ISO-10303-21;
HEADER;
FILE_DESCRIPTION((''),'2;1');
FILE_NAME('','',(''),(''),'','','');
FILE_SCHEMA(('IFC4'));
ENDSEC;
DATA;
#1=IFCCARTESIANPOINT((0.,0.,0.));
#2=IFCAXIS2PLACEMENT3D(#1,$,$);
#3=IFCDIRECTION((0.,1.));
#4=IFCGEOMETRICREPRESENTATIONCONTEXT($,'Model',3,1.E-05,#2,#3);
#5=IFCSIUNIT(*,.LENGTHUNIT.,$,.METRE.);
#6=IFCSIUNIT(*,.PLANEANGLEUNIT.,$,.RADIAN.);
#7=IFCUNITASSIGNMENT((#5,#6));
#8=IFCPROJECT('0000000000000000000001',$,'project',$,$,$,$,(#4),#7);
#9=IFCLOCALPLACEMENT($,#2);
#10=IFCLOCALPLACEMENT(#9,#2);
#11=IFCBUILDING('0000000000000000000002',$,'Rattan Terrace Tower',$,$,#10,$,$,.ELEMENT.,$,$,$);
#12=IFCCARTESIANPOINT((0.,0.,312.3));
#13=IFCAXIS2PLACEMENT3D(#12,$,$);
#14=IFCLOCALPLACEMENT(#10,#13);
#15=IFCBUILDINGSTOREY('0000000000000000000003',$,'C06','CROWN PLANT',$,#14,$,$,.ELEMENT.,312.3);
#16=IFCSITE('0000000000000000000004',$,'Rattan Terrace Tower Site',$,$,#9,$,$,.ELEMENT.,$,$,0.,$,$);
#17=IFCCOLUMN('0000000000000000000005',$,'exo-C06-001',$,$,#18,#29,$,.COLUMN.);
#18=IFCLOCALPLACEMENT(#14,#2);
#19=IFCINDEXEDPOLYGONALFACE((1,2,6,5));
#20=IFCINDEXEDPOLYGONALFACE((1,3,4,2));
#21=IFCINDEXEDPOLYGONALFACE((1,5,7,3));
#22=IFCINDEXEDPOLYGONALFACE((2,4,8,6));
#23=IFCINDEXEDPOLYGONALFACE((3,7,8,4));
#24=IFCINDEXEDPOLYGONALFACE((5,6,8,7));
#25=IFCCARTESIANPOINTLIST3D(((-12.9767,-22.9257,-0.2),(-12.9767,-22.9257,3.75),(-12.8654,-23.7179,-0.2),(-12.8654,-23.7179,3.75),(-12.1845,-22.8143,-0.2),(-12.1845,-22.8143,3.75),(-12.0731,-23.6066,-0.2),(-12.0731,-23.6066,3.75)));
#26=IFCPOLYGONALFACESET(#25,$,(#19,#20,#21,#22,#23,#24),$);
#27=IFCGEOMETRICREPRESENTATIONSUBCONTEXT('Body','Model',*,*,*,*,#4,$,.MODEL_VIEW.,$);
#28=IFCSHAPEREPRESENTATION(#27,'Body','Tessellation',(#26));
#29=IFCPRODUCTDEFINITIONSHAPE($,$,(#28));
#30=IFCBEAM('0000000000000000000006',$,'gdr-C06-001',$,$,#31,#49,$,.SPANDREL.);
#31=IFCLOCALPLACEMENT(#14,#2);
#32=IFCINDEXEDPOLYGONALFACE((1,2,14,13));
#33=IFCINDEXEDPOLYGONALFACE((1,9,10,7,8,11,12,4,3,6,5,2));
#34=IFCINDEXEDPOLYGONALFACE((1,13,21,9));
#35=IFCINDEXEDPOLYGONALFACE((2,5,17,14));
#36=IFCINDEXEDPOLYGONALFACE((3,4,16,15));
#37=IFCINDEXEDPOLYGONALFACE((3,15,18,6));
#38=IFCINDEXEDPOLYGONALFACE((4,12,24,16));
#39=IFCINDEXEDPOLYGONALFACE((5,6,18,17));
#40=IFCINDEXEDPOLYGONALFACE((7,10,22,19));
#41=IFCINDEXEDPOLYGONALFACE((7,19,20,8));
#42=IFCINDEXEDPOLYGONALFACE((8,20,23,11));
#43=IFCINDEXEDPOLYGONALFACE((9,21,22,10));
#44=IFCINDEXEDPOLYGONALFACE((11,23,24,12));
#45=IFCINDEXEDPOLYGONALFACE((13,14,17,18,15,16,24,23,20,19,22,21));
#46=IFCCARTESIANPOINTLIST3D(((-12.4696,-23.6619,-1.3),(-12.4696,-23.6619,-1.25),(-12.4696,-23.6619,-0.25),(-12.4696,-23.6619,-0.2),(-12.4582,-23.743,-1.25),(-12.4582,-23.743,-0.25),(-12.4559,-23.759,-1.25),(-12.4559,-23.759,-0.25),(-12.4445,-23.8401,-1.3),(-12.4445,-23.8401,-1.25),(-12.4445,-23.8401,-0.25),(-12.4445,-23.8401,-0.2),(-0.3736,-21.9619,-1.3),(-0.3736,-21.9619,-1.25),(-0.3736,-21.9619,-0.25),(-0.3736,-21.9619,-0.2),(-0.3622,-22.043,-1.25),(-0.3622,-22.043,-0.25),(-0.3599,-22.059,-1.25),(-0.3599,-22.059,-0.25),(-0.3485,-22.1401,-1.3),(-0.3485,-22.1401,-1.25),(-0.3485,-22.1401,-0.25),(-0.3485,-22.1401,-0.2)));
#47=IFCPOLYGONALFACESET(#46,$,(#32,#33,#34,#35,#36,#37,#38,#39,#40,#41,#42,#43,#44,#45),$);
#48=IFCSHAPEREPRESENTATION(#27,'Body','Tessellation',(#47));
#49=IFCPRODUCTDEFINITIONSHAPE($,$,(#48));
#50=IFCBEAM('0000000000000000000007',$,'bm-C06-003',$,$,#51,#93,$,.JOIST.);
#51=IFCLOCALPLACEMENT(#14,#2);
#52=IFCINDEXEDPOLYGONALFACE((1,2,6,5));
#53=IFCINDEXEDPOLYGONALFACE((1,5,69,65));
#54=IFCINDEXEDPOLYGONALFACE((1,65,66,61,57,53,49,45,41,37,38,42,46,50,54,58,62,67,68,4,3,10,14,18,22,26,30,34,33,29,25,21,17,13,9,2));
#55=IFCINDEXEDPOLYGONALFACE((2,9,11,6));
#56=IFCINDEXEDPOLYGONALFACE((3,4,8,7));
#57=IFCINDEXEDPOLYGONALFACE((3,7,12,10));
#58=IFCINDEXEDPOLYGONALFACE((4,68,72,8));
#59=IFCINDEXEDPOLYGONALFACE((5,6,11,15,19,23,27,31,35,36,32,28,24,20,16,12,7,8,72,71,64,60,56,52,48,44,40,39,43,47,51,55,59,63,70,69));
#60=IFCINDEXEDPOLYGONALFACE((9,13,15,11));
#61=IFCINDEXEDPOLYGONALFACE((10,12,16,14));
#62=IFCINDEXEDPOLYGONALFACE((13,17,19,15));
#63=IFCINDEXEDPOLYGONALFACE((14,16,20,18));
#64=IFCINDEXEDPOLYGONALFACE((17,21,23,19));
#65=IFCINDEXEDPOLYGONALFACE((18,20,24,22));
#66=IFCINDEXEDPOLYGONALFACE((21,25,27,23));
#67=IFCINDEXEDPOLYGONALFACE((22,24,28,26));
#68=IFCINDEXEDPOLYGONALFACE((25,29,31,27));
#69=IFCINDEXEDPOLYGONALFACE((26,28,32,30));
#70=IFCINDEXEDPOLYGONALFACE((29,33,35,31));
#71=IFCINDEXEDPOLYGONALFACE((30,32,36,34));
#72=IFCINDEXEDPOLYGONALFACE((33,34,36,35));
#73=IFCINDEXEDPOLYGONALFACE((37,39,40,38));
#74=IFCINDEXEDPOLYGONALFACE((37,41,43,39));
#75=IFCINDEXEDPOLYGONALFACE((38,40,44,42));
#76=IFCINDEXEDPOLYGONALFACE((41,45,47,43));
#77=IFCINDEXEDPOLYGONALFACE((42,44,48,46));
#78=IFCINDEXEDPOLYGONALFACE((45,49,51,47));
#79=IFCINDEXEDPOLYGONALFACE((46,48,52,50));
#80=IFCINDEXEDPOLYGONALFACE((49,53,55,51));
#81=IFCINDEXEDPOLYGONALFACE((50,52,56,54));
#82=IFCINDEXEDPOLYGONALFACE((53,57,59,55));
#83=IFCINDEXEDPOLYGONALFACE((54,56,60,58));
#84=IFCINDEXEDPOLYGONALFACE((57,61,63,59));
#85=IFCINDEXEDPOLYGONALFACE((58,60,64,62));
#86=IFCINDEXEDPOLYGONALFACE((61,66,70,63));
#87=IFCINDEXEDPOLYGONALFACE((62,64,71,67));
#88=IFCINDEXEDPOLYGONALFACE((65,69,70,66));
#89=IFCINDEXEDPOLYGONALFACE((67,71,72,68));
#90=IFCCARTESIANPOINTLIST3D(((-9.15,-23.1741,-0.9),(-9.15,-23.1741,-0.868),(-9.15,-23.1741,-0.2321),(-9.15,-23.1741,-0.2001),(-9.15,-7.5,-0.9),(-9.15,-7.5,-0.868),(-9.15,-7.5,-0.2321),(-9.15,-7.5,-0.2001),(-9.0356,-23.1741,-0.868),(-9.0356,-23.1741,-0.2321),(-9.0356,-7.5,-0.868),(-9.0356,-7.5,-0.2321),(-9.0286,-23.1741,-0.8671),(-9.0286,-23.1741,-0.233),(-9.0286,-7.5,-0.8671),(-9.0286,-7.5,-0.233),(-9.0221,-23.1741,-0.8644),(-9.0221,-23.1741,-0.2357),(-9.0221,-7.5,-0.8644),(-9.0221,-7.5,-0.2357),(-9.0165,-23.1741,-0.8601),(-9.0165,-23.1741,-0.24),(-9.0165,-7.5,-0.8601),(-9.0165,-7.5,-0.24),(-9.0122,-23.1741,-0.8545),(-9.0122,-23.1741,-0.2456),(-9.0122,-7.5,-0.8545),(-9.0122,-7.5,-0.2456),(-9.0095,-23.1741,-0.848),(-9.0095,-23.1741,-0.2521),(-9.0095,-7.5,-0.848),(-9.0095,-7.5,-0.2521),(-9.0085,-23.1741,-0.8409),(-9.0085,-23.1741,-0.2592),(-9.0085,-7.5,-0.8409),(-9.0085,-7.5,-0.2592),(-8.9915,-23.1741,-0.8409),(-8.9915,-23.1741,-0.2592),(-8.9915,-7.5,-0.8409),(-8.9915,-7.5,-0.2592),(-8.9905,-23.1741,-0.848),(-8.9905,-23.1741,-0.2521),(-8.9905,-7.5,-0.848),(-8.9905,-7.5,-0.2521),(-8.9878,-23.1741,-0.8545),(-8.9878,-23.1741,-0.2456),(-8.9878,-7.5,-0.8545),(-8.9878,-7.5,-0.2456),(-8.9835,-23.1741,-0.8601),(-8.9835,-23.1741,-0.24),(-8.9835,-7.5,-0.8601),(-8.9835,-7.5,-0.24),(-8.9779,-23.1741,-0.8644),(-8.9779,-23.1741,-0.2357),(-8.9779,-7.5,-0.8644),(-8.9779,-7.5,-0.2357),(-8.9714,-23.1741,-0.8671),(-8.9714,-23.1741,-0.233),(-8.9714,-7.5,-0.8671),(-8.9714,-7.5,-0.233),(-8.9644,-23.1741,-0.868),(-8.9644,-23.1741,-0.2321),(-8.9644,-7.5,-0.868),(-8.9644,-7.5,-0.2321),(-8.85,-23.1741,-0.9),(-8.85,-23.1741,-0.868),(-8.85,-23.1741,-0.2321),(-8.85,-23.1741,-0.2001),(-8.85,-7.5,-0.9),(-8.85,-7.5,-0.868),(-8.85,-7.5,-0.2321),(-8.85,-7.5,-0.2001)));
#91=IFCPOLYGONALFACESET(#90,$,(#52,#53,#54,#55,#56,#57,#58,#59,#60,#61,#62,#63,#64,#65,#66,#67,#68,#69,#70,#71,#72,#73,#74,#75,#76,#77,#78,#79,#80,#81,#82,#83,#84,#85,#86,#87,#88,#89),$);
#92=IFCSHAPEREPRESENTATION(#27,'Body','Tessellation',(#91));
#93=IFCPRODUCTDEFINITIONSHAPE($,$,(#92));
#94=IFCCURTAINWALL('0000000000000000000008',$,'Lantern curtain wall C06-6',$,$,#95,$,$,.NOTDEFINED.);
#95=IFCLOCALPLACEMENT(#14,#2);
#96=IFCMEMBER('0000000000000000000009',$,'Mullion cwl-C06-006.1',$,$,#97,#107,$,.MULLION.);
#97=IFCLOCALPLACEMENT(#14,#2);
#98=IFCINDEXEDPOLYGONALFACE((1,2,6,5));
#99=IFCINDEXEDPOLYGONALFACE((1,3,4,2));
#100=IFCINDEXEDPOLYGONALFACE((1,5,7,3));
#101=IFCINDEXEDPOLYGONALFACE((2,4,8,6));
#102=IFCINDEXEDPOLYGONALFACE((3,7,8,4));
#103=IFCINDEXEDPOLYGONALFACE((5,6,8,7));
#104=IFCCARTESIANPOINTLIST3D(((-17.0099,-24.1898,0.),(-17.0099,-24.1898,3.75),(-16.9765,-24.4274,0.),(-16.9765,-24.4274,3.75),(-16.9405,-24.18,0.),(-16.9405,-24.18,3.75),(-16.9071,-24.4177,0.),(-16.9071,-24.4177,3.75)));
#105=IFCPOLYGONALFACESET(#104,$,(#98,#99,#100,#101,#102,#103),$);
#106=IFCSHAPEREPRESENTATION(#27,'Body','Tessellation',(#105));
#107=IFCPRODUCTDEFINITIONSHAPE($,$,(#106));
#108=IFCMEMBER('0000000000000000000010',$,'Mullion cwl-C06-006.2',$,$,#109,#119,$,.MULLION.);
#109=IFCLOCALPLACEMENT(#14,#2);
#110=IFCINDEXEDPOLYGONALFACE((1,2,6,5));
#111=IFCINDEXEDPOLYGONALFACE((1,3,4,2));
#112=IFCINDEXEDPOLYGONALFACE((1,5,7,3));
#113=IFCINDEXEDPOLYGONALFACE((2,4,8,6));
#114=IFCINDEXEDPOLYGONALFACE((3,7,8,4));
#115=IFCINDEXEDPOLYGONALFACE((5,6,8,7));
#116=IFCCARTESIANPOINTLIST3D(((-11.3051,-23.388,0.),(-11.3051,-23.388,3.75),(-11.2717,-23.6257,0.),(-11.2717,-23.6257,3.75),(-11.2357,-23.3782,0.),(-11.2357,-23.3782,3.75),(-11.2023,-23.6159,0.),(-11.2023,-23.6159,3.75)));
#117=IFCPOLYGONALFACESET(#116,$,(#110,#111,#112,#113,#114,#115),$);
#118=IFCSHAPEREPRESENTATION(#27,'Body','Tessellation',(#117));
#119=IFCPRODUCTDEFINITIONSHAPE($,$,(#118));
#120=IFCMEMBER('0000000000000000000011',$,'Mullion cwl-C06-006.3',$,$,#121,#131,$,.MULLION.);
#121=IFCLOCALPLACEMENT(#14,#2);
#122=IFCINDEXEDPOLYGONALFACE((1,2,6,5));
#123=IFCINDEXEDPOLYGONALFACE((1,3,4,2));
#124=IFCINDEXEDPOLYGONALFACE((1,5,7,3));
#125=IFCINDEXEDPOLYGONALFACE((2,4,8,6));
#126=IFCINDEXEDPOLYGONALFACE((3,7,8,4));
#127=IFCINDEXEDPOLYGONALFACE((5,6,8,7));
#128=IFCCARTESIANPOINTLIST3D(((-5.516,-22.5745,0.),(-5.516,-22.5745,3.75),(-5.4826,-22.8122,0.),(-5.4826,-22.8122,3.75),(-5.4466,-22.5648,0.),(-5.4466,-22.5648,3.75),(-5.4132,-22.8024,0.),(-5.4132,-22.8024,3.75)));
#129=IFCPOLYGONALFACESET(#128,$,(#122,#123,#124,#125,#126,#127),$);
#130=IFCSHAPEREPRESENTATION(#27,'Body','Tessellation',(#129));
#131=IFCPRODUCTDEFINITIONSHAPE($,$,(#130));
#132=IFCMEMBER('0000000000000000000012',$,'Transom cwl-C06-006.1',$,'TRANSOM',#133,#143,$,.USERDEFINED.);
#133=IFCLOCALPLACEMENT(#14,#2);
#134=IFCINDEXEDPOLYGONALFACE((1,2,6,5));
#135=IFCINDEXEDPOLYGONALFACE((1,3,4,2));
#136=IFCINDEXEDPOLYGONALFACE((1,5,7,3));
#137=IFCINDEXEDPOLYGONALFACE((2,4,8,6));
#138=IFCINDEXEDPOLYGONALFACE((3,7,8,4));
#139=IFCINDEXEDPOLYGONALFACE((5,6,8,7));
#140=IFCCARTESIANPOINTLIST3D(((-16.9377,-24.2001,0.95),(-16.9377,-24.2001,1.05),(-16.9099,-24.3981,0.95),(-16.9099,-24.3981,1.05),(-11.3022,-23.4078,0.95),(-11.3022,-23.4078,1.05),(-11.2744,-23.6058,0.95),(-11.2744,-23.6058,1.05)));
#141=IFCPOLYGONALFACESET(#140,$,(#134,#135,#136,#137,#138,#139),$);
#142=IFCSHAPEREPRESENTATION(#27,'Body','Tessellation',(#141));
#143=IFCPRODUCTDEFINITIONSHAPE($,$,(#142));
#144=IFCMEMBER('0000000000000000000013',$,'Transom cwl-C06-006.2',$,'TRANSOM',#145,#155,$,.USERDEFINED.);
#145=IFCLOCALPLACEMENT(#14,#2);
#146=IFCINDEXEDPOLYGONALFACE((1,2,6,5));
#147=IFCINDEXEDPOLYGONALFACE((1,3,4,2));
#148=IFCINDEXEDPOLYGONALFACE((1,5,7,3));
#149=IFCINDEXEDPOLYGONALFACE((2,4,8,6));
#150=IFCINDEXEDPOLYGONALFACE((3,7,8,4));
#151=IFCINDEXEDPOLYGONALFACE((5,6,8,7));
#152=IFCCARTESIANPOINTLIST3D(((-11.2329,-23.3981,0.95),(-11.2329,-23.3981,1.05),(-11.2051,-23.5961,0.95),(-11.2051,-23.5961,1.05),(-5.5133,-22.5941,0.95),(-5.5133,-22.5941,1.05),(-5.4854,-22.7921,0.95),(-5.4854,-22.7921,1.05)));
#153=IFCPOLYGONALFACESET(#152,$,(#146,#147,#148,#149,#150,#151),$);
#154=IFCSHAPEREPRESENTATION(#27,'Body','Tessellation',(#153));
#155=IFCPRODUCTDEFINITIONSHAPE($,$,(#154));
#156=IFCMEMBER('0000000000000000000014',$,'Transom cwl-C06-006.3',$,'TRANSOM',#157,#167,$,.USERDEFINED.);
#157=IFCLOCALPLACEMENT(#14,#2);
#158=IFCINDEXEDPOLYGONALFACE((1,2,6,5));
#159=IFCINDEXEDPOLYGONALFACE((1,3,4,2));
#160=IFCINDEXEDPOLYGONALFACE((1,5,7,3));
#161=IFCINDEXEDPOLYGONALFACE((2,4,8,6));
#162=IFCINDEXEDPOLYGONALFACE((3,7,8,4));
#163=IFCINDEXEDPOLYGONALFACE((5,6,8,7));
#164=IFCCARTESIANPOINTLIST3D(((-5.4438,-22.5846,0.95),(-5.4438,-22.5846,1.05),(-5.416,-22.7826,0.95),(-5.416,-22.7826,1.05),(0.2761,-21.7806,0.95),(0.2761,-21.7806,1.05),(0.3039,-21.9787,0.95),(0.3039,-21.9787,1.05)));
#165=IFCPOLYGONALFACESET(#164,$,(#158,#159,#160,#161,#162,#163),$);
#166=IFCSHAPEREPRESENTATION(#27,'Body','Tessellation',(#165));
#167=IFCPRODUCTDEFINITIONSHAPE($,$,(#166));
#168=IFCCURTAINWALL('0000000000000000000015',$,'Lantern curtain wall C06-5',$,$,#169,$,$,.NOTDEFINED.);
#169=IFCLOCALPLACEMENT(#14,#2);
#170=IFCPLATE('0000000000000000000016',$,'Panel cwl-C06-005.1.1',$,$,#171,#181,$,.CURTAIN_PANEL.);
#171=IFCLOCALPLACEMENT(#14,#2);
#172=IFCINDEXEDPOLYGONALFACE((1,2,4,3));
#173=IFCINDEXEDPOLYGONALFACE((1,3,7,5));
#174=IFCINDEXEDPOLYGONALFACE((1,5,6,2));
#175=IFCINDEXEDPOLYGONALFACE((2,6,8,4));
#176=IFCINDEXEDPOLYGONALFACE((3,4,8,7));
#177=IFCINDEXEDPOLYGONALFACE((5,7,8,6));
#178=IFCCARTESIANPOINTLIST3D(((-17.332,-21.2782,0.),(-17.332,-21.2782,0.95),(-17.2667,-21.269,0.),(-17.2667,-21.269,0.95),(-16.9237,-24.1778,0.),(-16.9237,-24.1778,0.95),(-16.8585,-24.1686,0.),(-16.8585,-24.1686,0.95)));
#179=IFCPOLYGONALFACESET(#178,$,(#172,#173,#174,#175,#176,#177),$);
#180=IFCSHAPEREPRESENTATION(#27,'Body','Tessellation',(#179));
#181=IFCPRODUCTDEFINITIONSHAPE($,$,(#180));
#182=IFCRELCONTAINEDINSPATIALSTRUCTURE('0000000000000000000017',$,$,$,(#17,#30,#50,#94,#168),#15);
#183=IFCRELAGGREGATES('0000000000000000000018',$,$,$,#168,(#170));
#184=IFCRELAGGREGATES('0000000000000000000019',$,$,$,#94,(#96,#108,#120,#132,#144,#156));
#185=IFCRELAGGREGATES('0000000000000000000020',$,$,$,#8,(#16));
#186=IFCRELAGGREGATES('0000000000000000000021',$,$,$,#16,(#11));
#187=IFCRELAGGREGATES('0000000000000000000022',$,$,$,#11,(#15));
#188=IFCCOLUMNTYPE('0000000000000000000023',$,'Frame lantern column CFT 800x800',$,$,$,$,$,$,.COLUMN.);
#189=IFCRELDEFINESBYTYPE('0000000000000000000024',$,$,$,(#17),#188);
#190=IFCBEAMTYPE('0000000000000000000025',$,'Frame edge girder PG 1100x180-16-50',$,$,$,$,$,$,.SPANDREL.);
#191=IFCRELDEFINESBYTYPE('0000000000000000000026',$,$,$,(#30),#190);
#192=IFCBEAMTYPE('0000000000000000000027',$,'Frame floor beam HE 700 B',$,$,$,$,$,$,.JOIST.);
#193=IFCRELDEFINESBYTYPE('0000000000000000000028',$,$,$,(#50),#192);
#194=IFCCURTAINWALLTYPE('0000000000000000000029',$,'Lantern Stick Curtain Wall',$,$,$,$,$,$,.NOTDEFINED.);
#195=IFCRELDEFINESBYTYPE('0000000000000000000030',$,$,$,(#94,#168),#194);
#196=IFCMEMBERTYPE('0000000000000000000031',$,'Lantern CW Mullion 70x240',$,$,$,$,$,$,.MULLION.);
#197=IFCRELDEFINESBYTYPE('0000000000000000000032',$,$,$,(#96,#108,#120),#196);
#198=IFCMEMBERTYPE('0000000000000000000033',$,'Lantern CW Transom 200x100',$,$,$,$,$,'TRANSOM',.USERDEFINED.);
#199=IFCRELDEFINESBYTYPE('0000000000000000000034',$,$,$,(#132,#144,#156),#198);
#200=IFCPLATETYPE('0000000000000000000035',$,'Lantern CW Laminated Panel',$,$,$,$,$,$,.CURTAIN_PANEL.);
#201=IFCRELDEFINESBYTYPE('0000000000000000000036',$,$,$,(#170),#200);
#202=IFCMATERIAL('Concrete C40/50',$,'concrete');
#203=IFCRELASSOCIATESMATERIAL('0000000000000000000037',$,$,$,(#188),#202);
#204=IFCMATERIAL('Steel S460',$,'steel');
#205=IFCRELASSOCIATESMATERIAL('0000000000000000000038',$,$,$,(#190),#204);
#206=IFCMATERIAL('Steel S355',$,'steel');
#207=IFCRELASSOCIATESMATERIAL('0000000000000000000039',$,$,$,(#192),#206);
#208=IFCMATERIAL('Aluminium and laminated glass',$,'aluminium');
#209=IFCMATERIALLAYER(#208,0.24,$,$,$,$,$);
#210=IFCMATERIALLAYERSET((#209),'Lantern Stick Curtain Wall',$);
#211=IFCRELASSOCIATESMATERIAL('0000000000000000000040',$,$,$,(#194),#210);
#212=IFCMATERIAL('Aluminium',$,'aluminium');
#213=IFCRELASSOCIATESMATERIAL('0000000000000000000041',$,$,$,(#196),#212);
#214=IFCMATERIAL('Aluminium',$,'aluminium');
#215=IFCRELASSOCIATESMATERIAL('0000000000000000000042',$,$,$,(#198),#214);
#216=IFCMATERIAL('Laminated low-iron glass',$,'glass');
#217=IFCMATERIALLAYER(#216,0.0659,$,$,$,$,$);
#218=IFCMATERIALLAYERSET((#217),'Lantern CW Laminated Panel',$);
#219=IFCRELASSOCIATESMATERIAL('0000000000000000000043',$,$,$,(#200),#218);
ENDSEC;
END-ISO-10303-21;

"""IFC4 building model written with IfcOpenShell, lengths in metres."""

from ifc_helpers import new_model, si_unit, direction, frame, origin, origin_2d, place, context, subcontext, project, spatial, rectangle, i_section, extrude, material, layer, layer_set, material_profile, profile_set, type_object, element, aggregate, save


model = new_model("IFC4")

# Units and contexts
model_context = context("Model", 3, precision=1e-05, world=origin(), true_north=direction((0.0, 1.0)))
body_context = subcontext(model_context, "Body", "Model", "MODEL_VIEW")
ifc_project = project(units=[si_unit("LENGTHUNIT", "METRE"), si_unit("PLANEANGLEUNIT", "RADIAN")], contexts=[model_context])

# Site, building, storey
site_placement = place(None, origin())
site = spatial("IfcSite", under=ifc_project, at=site_placement, Name="Rattan Terrace Tower Site", CompositionType="ELEMENT", RefElevation=0.0)
building_placement = place(site_placement, origin())
building = spatial("IfcBuilding", under=site, at=building_placement, Name="Rattan Terrace Tower", CompositionType="ELEMENT")
storey_placement = place(building_placement, frame((0.0, 0.0, 312.3)))
storey = spatial("IfcBuildingStorey", under=building, at=storey_placement, Name="C06", Description="CROWN PLANT", CompositionType="ELEMENT", Elevation=312.3)

# Column
ifc_material_1 = material(Name="Concrete C40/50", Category="concrete")
ifc_material_profile_1 = material_profile(ifc_material_1, rectangle(XDim=0.8, YDim=0.8, at=origin_2d()), Name="CFT 800x800")
ifc_profile_set_1 = profile_set([ifc_material_profile_1], Name="Concrete C40/50")
column_type = type_object("IfcColumnType", Name="Frame lantern column CFT 800x800", PredefinedType="COLUMN", material=ifc_profile_set_1)
column_placement = place(storey_placement, frame((-12.5249, -23.2661, -0.2), z_axis=(0.0, 0.0, 1.0), x_axis=(0.990266, 0.13919, 0.0)))
element("IfcColumn", 1, at=column_placement, inside=storey, type_object=column_type, Name="exo-C06-001", PredefinedType="COLUMN", context=body_context, shape_type="SweptSolid", body=[
    extrude(rectangle(XDim=0.8, YDim=0.8, at=origin_2d()), origin(), (0.0, 0.0, 1.0), 3.95),
])

# Beams
ifc_material_2 = material(Name="Steel S460", Category="steel")
ifc_material_profile_2 = material_profile(ifc_material_2, i_section(OverallWidth=0.1799, OverallDepth=1.1001, WebThickness=0.0161, FlangeThickness=0.05, at=origin_2d()), Name="PG 1100x180-16-50")
ifc_profile_set_2 = profile_set([ifc_material_profile_2], Name="Steel S460")
beam_type_1 = type_object("IfcBeamType", Name="Frame edge girder PG 1100x180-16-50", PredefinedType="SPANDREL", material=ifc_profile_set_2)
beam_1_placement = place(storey_placement, frame((-12.457, -23.751, -0.75), z_axis=(0.990268, 0.139171, 0.0), x_axis=(-0.139171, 0.990268, 0.0)))
element("IfcBeam", 2, at=beam_1_placement, inside=storey, type_object=beam_type_1, Name="gdr-C06-001", PredefinedType="SPANDREL", context=body_context, shape_type="SweptSolid", body=[
    extrude(i_section(OverallWidth=0.1799, OverallDepth=1.1001, WebThickness=0.0161, FlangeThickness=0.05, at=origin_2d()), origin(), (0.0, 0.0, 1.0), 12.2148),
])
ifc_material_3 = material(Name="Steel S355", Category="steel")
ifc_material_profile_3 = material_profile(ifc_material_3, i_section(OverallWidth=0.3, OverallDepth=0.7, WebThickness=0.0171, FlangeThickness=0.032, FilletRadius=0.0271, at=origin_2d()), Name="HE 700 B")
ifc_profile_set_3 = profile_set([ifc_material_profile_3], Name="Steel S355")
beam_type_2 = type_object("IfcBeamType", Name="Frame floor beam HE 700 B", PredefinedType="JOIST", material=ifc_profile_set_3)
beam_2_placement = place(storey_placement, frame((-9.0, -23.1741, -0.55), z_axis=(0.0, 1.0, 0.0), x_axis=(-1.0, 0.0, 0.0)))
element("IfcBeam", 3, at=beam_2_placement, inside=storey, type_object=beam_type_2, Name="bm-C06-003", PredefinedType="JOIST", context=body_context, shape_type="SweptSolid", body=[
    extrude(i_section(OverallWidth=0.3, OverallDepth=0.7, WebThickness=0.0171, FlangeThickness=0.032, FilletRadius=0.0271, at=origin_2d()), origin(), (0.0, 0.0, 1.0), 15.6741),
])

# Curtain wall, members
ifc_material_4 = material(Name="Aluminium and laminated glass", Category="aluminium")
ifc_layer_1 = layer(ifc_material_4, 0.24)
ifc_layer_set_1 = layer_set([ifc_layer_1], Name="Lantern Stick Curtain Wall")
curtain_wall_type = type_object("IfcCurtainWallType", Name="Lantern Stick Curtain Wall", PredefinedType="NOTDEFINED", material=ifc_layer_set_1)
curtain_wall_1_placement = place(storey_placement, origin())
curtain_wall_1 = element("IfcCurtainWall", 4, at=curtain_wall_1_placement, inside=storey, type_object=curtain_wall_type, Name="Lantern curtain wall C06-6", PredefinedType="NOTDEFINED")
ifc_material_5 = material(Name="Aluminium", Category="aluminium")
ifc_material_profile_4 = material_profile(ifc_material_5, rectangle(XDim=0.0701, YDim=0.24, at=origin_2d()), Name="Aluminium 70x240")
ifc_profile_set_4 = profile_set([ifc_material_profile_4], Name="Aluminium")
member_type_1 = type_object("IfcMemberType", Name="Lantern CW Mullion 70x240", PredefinedType="MULLION", material=ifc_profile_set_4)
member_1_placement = place(storey_placement, frame((-16.9585, -24.3037, 0.0), z_axis=(0.0, 0.0, 1.0), x_axis=(0.990267, 0.139181, 0.0)))
member_1 = element("IfcMember", 5, at=member_1_placement, type_object=member_type_1, Name="Mullion cwl-C06-006.1", PredefinedType="MULLION", context=body_context, shape_type="SweptSolid", body=[
    extrude(rectangle(XDim=0.0701, YDim=0.24, at=origin_2d()), origin(), (0.0, 0.0, 1.0), 3.75),
])
member_2_placement = place(storey_placement, frame((-11.2537, -23.502, 0.0), z_axis=(0.0, 0.0, 1.0), x_axis=(0.990267, 0.139181, 0.0)))
member_2 = element("IfcMember", 6, at=member_2_placement, type_object=member_type_1, Name="Mullion cwl-C06-006.2", PredefinedType="MULLION", context=body_context, shape_type="SweptSolid", body=[
    extrude(rectangle(XDim=0.0701, YDim=0.24, at=origin_2d()), origin(), (0.0, 0.0, 1.0), 3.75),
])
member_3_placement = place(storey_placement, frame((-5.4646, -22.6885, 0.0), z_axis=(0.0, 0.0, 1.0), x_axis=(0.990267, 0.139181, 0.0)))
member_3 = element("IfcMember", 7, at=member_3_placement, type_object=member_type_1, Name="Mullion cwl-C06-006.3", PredefinedType="MULLION", context=body_context, shape_type="SweptSolid", body=[
    extrude(rectangle(XDim=0.0701, YDim=0.24, at=origin_2d()), origin(), (0.0, 0.0, 1.0), 3.75),
])
ifc_material_6 = material(Name="Aluminium", Category="aluminium")
ifc_material_profile_5 = material_profile(ifc_material_6, rectangle(XDim=0.2, YDim=0.1001, at=origin_2d()), Name="Aluminium 200x100")
ifc_profile_set_5 = profile_set([ifc_material_profile_5], Name="Aluminium")
member_type_2 = type_object("IfcMemberType", Name="Lantern CW Transom 200x100", ElementType="TRANSOM", PredefinedType="USERDEFINED", material=ifc_profile_set_5)
member_4_placement = place(storey_placement, frame((-16.9238, -24.2991, 1.0), z_axis=(0.990263, 0.139211, 0.0), x_axis=(-0.139211, 0.990263, 0.0)))
member_4 = element("IfcMember", 8, at=member_4_placement, type_object=member_type_2, Name="Transom cwl-C06-006.1", ObjectType="TRANSOM", PredefinedType="USERDEFINED", context=body_context, shape_type="SweptSolid", body=[
    extrude(rectangle(XDim=0.2, YDim=0.1001, at=origin_2d()), origin(), (0.0, 0.0, 1.0), 5.6909),
])
member_5_placement = place(storey_placement, frame((-11.219, -23.4971, 1.0), z_axis=(0.990266, 0.13919, 0.0), x_axis=(-0.13919, 0.990266, 0.0)))
member_5 = element("IfcMember", 9, at=member_5_placement, type_object=member_type_2, Name="Transom cwl-C06-006.2", ObjectType="TRANSOM", PredefinedType="USERDEFINED", context=body_context, shape_type="SweptSolid", body=[
    extrude(rectangle(XDim=0.2, YDim=0.1001, at=origin_2d()), origin(), (0.0, 0.0, 1.0), 5.7759),
])
member_6_placement = place(storey_placement, frame((-5.4299, -22.6836, 1.0), z_axis=(0.990267, 0.139184, 0.0), x_axis=(-0.139184, 0.990267, 0.0)))
member_6 = element("IfcMember", 10, at=member_6_placement, type_object=member_type_2, Name="Transom cwl-C06-006.3", ObjectType="TRANSOM", PredefinedType="USERDEFINED", context=body_context, shape_type="SweptSolid", body=[
    extrude(rectangle(XDim=0.2, YDim=0.1001, at=origin_2d()), origin(), (0.0, 0.0, 1.0), 5.7761),
])

# Curtain wall, plate
curtain_wall_2_placement = place(storey_placement, origin())
curtain_wall_2 = element("IfcCurtainWall", 11, at=curtain_wall_2_placement, inside=storey, type_object=curtain_wall_type, Name="Lantern curtain wall C06-5", PredefinedType="NOTDEFINED")
ifc_material_7 = material(Name="Laminated low-iron glass", Category="glass")
ifc_layer_2 = layer(ifc_material_7, 0.0659)
ifc_layer_set_2 = layer_set([ifc_layer_2], Name="Lantern CW Laminated Panel")
plate_type = type_object("IfcPlateType", Name="Lantern CW Laminated Panel", PredefinedType="CURTAIN_PANEL", material=ifc_layer_set_2)
plate_1_placement = place(storey_placement, frame((-17.0952, -22.7234, 0.0), z_axis=(0.0, 0.0, 1.0), x_axis=(0.139413, -0.990234, 0.0)))
plate_1 = element("IfcPlate", 12, at=plate_1_placement, type_object=plate_type, Name="Panel cwl-C06-005.1.1", PredefinedType="CURTAIN_PANEL", context=body_context, shape_type="SweptSolid", body=[
    extrude(rectangle(XDim=2.9282, YDim=0.0659, at=origin_2d()), origin(), (0.0, 0.0, 1.0), 0.95),
])
aggregate(curtain_wall_2, [plate_1])

aggregate(curtain_wall_1, [member_1, member_2, member_3, member_4, member_5, member_6])

save(model, "model.ifc")
